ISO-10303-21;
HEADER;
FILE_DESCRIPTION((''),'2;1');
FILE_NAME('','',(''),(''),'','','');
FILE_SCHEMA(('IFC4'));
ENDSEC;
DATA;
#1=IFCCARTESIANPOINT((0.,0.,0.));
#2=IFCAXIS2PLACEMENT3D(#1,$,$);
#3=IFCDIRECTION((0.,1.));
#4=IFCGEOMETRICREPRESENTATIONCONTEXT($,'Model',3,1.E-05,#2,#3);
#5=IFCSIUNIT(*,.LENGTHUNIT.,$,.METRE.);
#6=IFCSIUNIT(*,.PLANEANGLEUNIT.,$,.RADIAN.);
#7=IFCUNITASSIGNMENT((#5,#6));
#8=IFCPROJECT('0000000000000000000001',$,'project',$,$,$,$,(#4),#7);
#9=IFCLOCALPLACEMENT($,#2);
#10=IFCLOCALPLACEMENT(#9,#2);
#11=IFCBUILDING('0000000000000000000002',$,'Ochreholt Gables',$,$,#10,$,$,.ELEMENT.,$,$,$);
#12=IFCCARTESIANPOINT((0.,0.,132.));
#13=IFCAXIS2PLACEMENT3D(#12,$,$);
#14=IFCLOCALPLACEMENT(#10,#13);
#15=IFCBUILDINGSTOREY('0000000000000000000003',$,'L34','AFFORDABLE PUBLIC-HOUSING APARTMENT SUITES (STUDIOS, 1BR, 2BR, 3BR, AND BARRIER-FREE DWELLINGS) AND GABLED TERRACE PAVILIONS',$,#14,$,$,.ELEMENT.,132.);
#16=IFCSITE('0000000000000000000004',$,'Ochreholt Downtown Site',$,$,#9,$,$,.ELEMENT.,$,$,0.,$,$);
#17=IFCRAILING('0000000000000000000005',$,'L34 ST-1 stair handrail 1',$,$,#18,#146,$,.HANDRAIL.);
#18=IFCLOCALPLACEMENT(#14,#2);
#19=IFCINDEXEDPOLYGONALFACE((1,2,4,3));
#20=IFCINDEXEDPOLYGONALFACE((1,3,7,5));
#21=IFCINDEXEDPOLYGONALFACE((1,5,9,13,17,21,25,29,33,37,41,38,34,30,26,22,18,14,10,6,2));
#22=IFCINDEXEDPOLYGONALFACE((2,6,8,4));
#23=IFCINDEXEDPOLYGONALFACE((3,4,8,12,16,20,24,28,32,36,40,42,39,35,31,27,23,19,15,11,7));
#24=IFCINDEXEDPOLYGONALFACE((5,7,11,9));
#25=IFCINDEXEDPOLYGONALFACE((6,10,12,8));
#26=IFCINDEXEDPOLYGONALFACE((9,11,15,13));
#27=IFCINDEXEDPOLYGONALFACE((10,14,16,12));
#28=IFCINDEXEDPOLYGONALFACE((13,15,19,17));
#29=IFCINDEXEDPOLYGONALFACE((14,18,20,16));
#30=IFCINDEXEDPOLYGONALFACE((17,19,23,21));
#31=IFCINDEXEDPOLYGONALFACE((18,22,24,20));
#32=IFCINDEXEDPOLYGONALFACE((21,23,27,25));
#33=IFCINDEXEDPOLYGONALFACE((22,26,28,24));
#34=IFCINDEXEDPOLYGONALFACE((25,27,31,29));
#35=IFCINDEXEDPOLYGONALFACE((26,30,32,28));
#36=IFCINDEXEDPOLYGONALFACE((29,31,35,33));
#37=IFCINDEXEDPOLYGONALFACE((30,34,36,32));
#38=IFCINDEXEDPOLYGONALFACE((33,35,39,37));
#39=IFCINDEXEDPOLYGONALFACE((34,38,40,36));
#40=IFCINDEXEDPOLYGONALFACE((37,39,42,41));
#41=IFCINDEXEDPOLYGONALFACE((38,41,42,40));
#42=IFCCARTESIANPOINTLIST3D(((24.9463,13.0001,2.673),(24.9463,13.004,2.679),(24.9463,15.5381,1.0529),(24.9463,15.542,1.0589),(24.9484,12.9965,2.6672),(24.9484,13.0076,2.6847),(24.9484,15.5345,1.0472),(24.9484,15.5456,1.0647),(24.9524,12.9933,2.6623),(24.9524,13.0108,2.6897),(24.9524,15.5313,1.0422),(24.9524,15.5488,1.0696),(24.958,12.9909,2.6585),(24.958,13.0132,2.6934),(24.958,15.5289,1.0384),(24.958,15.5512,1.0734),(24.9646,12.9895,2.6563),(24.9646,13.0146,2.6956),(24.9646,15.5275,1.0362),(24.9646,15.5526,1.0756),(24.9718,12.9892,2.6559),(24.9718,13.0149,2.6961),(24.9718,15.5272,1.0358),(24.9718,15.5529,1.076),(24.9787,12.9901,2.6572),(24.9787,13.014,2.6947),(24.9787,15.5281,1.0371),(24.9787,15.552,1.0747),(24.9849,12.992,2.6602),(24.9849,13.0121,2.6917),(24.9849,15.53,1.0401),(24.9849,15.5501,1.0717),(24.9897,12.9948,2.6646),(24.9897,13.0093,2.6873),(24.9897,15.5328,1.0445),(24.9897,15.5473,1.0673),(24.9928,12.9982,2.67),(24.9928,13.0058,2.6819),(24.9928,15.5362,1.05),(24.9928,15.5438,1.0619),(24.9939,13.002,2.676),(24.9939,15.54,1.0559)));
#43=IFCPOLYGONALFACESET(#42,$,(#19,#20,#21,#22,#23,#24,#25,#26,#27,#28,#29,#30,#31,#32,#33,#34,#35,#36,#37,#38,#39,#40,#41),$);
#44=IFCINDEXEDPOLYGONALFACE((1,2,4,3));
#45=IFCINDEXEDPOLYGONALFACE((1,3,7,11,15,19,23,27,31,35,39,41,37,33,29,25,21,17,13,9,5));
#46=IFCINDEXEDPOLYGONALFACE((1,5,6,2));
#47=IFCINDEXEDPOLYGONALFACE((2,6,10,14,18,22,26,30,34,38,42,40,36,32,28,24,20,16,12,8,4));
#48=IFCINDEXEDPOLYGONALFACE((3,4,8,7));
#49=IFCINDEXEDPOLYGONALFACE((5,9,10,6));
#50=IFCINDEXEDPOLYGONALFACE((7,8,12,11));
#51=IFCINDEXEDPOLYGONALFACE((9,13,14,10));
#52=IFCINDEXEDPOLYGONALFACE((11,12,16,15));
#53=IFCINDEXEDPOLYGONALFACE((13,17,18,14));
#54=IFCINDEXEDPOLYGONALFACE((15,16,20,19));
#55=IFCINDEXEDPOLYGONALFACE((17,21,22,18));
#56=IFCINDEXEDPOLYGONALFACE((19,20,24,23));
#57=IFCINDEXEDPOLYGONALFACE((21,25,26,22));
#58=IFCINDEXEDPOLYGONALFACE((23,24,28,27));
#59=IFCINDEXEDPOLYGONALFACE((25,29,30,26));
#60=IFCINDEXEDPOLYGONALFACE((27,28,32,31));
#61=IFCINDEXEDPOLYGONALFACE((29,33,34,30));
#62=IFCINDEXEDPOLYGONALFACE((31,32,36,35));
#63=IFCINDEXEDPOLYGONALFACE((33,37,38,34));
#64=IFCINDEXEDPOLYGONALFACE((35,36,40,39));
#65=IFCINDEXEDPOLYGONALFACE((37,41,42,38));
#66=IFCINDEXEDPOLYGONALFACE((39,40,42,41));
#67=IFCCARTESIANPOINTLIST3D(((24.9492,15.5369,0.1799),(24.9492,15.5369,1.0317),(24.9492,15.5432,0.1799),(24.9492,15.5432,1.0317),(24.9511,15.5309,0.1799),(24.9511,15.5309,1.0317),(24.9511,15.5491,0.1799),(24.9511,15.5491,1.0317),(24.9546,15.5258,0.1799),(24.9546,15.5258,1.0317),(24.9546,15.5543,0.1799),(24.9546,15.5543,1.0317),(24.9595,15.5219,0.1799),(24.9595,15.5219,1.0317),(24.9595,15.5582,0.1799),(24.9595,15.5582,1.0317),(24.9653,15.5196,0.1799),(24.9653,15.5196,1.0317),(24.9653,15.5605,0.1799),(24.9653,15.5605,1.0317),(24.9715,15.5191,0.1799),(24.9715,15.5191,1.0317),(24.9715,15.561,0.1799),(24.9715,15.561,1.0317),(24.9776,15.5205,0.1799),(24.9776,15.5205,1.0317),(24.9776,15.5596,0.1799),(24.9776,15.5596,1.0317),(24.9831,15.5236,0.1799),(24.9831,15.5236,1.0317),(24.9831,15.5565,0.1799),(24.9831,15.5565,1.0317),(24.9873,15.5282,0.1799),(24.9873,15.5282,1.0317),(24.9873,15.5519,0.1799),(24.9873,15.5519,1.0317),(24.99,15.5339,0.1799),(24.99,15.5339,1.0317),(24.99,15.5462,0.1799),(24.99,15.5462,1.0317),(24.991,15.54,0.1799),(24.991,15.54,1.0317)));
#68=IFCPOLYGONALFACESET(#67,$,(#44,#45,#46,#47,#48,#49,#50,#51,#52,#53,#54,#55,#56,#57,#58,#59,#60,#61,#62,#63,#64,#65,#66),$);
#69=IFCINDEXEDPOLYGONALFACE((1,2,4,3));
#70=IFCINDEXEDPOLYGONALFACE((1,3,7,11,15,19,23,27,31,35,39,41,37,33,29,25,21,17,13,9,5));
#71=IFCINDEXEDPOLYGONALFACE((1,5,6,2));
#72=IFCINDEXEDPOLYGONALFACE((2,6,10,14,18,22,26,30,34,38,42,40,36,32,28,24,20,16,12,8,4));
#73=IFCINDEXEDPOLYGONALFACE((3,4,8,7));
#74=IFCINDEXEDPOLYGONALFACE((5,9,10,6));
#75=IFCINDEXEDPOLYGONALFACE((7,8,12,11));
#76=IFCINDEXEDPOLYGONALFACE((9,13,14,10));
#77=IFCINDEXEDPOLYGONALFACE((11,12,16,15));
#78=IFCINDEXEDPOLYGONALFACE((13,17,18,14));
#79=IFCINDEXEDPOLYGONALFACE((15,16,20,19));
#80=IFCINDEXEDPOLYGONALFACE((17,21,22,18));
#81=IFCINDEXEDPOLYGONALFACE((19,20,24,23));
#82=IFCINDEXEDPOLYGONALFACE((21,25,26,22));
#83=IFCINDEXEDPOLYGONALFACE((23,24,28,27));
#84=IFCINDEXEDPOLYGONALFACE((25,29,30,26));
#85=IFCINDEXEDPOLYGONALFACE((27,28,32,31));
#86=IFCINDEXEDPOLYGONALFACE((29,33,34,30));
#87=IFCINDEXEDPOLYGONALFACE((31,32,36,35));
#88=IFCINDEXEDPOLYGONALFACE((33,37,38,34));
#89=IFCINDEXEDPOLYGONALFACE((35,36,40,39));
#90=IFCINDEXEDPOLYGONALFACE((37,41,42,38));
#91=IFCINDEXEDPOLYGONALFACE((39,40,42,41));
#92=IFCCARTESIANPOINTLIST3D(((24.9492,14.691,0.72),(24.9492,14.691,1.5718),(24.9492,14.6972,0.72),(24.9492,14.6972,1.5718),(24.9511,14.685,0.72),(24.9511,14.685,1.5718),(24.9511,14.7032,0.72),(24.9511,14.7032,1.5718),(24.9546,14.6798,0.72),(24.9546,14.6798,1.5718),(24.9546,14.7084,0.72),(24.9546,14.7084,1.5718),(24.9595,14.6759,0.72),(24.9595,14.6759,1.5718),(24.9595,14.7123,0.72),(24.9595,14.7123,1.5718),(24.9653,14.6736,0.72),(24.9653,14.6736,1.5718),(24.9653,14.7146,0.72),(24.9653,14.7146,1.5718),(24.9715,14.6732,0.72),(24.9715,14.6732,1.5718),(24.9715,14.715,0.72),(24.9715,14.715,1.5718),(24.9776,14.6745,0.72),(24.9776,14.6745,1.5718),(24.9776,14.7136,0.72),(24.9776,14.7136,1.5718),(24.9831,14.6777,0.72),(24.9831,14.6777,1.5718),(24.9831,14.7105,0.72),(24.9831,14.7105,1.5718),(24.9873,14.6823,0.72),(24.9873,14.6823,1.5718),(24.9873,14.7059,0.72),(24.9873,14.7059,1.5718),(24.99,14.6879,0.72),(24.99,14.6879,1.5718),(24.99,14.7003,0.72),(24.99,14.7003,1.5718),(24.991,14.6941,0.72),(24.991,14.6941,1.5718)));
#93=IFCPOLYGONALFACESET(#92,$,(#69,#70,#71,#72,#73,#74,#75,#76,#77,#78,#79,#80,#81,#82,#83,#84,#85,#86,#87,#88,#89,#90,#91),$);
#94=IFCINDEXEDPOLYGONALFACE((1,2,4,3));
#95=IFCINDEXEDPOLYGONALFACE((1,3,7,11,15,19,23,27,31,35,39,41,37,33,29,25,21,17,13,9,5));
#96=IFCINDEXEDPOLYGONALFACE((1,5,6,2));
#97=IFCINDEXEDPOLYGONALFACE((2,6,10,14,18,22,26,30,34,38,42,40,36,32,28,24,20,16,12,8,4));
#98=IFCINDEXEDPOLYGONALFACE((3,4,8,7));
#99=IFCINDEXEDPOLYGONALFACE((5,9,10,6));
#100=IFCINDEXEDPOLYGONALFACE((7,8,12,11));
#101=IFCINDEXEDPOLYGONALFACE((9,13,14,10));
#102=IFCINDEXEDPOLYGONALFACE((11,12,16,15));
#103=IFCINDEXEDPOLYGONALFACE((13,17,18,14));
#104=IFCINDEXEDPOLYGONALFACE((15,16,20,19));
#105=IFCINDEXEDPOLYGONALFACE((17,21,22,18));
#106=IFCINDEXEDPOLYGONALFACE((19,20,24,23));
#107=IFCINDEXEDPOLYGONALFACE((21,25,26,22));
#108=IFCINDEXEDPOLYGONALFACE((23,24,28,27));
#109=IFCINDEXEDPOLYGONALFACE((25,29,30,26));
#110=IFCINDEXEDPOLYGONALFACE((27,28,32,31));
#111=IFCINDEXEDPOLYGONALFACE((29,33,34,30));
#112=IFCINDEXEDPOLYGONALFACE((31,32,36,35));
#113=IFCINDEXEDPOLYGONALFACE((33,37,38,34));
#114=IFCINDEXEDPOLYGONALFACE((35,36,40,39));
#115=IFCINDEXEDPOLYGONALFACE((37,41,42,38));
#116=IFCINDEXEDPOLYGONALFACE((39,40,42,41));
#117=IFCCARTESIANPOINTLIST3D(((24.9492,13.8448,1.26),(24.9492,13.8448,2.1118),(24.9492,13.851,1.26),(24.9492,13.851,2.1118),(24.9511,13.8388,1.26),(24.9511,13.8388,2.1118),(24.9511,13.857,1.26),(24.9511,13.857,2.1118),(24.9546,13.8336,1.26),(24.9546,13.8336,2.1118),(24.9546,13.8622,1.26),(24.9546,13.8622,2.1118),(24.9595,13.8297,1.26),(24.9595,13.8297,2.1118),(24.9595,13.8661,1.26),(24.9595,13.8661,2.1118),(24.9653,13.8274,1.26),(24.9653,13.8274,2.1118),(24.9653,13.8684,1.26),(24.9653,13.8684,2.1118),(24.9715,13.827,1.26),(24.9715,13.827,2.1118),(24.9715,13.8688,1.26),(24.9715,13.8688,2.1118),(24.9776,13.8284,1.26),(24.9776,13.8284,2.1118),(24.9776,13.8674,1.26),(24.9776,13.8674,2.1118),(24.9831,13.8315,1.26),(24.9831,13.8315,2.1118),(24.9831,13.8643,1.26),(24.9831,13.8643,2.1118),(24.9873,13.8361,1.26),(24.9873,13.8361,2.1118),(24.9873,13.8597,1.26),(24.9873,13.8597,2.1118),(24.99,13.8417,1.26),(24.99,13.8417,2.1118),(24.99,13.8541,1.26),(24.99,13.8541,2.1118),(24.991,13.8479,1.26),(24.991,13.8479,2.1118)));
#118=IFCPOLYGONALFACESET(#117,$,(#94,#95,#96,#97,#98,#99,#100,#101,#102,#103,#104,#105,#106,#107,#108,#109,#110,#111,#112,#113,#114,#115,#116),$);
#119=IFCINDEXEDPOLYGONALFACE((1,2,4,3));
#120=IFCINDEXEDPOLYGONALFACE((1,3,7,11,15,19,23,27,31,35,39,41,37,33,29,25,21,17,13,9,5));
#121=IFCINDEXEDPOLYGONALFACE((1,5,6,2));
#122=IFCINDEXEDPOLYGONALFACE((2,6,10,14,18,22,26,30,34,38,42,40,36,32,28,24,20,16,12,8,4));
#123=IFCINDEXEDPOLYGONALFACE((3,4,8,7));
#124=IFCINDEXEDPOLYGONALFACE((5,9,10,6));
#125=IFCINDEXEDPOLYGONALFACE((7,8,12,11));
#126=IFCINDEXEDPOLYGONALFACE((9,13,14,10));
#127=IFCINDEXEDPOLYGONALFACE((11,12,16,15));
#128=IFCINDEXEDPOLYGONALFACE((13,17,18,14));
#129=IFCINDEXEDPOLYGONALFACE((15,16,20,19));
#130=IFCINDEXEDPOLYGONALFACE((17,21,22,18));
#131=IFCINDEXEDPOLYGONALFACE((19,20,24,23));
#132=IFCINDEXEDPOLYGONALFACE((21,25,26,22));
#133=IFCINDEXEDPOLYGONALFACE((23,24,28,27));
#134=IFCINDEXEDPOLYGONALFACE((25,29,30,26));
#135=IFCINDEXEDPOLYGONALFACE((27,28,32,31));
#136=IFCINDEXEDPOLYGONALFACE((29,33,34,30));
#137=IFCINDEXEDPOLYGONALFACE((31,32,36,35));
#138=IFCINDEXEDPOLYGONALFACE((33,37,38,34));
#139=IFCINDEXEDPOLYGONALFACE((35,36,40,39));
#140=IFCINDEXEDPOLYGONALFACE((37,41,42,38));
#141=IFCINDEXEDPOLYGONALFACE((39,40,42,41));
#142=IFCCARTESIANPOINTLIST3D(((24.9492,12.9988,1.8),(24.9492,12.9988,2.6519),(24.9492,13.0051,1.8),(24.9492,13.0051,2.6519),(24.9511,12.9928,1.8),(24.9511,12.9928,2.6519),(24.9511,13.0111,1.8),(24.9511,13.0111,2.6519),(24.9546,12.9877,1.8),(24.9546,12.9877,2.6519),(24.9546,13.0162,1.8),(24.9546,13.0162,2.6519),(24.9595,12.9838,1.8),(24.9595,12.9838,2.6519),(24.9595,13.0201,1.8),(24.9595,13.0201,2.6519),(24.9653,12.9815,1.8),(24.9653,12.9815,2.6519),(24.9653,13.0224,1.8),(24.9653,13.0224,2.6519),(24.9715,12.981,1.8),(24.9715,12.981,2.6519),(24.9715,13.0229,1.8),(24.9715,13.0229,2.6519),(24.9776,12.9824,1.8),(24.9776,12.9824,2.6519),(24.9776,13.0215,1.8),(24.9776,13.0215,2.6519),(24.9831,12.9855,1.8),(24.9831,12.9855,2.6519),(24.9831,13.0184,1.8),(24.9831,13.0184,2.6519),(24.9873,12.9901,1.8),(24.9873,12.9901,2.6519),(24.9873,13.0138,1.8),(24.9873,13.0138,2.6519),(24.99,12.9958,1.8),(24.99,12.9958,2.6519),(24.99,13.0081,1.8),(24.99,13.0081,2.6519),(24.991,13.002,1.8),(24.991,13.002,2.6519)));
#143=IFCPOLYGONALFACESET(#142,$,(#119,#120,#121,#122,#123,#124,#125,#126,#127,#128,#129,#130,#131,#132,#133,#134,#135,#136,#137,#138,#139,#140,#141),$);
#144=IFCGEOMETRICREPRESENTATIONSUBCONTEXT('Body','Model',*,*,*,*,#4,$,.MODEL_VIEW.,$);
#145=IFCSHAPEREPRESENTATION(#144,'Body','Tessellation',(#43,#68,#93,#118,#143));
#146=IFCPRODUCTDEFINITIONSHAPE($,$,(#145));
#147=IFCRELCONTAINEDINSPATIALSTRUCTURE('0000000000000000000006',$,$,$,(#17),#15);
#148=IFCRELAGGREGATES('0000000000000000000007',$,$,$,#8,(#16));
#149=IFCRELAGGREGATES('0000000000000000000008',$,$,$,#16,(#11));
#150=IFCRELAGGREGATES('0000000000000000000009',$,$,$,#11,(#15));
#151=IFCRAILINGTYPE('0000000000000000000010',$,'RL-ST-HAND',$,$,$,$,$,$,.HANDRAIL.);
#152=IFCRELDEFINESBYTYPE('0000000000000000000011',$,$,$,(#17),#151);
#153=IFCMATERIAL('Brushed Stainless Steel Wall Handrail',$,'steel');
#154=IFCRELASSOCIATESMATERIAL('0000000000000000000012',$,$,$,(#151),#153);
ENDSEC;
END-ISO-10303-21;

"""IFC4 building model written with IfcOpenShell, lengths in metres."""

from ifc_helpers import new_model, si_unit, direction, frame, origin, origin_2d, place, context, subcontext, project, spatial, circle, extrude, material, type_object, element, save


model = new_model("IFC4")

# Units and contexts
model_context = context("Model", 3, precision=1e-05, world=origin(), true_north=direction((0.0, 1.0)))
body_context = subcontext(model_context, "Body", "Model", "MODEL_VIEW")
ifc_project = project(units=[si_unit("LENGTHUNIT", "METRE"), si_unit("PLANEANGLEUNIT", "RADIAN")], contexts=[model_context])

# Site, building, storey
site_placement = place(None, origin())
site = spatial("IfcSite", under=ifc_project, at=site_placement, Name="Ochreholt Downtown Site", CompositionType="ELEMENT", RefElevation=0.0)
building_placement = place(site_placement, origin())
building = spatial("IfcBuilding", under=site, at=building_placement, Name="Ochreholt Gables", CompositionType="ELEMENT")
storey_placement = place(building_placement, frame((0.0, 0.0, 132.0)))
storey = spatial("IfcBuildingStorey", under=building, at=storey_placement, Name="L34", Description="AFFORDABLE PUBLIC-HOUSING APARTMENT SUITES (STUDIOS, 1BR, 2BR, 3BR, AND BARRIER-FREE DWELLINGS) AND GABLED TERRACE PAVILIONS", CompositionType="ELEMENT", Elevation=132.0)

# Railing
ifc_material_1 = material(Name="Brushed Stainless Steel Wall Handrail", Category="steel")
railing_type_1 = type_object("IfcRailingType", Name="RL-ST-HAND", PredefinedType="HANDRAIL", material=ifc_material_1)
railing_1_placement = place(storey_placement, frame((24.97, 15.54, 0.1799)))
element("IfcRailing", 1, at=railing_1_placement, inside=storey, type_object=railing_type_1, Name="L34 ST-1 stair handrail 1", PredefinedType="HANDRAIL", context=body_context, shape_type="SweptSolid", body=[
    extrude(circle(Radius=0.0239, at=origin_2d()), frame((0.0, 0.0, 0.876), z_axis=(0.0, -0.842913, 0.53805), x_axis=(1.0, 0.0, 0.0)), (0.0, 0.0, 1.0), 3.011),
    extrude(circle(Radius=0.021, at=origin_2d()), origin(), (0.0, 0.0, 1.0), 0.8518),
    extrude(circle(Radius=0.021, at=origin_2d()), frame((0.0, -0.8459, 0.54)), (0.0, 0.0, 1.0), 0.8518),
    extrude(circle(Radius=0.021, at=origin_2d()), frame((0.0, -1.6921, 1.0801)), (0.0, 0.0, 1.0), 0.8518),
    extrude(circle(Radius=0.021, at=origin_2d()), frame((0.0, -2.5381, 1.6201)), (0.0, 0.0, 1.0), 0.8518),
])

save(model, "model.ifc")
